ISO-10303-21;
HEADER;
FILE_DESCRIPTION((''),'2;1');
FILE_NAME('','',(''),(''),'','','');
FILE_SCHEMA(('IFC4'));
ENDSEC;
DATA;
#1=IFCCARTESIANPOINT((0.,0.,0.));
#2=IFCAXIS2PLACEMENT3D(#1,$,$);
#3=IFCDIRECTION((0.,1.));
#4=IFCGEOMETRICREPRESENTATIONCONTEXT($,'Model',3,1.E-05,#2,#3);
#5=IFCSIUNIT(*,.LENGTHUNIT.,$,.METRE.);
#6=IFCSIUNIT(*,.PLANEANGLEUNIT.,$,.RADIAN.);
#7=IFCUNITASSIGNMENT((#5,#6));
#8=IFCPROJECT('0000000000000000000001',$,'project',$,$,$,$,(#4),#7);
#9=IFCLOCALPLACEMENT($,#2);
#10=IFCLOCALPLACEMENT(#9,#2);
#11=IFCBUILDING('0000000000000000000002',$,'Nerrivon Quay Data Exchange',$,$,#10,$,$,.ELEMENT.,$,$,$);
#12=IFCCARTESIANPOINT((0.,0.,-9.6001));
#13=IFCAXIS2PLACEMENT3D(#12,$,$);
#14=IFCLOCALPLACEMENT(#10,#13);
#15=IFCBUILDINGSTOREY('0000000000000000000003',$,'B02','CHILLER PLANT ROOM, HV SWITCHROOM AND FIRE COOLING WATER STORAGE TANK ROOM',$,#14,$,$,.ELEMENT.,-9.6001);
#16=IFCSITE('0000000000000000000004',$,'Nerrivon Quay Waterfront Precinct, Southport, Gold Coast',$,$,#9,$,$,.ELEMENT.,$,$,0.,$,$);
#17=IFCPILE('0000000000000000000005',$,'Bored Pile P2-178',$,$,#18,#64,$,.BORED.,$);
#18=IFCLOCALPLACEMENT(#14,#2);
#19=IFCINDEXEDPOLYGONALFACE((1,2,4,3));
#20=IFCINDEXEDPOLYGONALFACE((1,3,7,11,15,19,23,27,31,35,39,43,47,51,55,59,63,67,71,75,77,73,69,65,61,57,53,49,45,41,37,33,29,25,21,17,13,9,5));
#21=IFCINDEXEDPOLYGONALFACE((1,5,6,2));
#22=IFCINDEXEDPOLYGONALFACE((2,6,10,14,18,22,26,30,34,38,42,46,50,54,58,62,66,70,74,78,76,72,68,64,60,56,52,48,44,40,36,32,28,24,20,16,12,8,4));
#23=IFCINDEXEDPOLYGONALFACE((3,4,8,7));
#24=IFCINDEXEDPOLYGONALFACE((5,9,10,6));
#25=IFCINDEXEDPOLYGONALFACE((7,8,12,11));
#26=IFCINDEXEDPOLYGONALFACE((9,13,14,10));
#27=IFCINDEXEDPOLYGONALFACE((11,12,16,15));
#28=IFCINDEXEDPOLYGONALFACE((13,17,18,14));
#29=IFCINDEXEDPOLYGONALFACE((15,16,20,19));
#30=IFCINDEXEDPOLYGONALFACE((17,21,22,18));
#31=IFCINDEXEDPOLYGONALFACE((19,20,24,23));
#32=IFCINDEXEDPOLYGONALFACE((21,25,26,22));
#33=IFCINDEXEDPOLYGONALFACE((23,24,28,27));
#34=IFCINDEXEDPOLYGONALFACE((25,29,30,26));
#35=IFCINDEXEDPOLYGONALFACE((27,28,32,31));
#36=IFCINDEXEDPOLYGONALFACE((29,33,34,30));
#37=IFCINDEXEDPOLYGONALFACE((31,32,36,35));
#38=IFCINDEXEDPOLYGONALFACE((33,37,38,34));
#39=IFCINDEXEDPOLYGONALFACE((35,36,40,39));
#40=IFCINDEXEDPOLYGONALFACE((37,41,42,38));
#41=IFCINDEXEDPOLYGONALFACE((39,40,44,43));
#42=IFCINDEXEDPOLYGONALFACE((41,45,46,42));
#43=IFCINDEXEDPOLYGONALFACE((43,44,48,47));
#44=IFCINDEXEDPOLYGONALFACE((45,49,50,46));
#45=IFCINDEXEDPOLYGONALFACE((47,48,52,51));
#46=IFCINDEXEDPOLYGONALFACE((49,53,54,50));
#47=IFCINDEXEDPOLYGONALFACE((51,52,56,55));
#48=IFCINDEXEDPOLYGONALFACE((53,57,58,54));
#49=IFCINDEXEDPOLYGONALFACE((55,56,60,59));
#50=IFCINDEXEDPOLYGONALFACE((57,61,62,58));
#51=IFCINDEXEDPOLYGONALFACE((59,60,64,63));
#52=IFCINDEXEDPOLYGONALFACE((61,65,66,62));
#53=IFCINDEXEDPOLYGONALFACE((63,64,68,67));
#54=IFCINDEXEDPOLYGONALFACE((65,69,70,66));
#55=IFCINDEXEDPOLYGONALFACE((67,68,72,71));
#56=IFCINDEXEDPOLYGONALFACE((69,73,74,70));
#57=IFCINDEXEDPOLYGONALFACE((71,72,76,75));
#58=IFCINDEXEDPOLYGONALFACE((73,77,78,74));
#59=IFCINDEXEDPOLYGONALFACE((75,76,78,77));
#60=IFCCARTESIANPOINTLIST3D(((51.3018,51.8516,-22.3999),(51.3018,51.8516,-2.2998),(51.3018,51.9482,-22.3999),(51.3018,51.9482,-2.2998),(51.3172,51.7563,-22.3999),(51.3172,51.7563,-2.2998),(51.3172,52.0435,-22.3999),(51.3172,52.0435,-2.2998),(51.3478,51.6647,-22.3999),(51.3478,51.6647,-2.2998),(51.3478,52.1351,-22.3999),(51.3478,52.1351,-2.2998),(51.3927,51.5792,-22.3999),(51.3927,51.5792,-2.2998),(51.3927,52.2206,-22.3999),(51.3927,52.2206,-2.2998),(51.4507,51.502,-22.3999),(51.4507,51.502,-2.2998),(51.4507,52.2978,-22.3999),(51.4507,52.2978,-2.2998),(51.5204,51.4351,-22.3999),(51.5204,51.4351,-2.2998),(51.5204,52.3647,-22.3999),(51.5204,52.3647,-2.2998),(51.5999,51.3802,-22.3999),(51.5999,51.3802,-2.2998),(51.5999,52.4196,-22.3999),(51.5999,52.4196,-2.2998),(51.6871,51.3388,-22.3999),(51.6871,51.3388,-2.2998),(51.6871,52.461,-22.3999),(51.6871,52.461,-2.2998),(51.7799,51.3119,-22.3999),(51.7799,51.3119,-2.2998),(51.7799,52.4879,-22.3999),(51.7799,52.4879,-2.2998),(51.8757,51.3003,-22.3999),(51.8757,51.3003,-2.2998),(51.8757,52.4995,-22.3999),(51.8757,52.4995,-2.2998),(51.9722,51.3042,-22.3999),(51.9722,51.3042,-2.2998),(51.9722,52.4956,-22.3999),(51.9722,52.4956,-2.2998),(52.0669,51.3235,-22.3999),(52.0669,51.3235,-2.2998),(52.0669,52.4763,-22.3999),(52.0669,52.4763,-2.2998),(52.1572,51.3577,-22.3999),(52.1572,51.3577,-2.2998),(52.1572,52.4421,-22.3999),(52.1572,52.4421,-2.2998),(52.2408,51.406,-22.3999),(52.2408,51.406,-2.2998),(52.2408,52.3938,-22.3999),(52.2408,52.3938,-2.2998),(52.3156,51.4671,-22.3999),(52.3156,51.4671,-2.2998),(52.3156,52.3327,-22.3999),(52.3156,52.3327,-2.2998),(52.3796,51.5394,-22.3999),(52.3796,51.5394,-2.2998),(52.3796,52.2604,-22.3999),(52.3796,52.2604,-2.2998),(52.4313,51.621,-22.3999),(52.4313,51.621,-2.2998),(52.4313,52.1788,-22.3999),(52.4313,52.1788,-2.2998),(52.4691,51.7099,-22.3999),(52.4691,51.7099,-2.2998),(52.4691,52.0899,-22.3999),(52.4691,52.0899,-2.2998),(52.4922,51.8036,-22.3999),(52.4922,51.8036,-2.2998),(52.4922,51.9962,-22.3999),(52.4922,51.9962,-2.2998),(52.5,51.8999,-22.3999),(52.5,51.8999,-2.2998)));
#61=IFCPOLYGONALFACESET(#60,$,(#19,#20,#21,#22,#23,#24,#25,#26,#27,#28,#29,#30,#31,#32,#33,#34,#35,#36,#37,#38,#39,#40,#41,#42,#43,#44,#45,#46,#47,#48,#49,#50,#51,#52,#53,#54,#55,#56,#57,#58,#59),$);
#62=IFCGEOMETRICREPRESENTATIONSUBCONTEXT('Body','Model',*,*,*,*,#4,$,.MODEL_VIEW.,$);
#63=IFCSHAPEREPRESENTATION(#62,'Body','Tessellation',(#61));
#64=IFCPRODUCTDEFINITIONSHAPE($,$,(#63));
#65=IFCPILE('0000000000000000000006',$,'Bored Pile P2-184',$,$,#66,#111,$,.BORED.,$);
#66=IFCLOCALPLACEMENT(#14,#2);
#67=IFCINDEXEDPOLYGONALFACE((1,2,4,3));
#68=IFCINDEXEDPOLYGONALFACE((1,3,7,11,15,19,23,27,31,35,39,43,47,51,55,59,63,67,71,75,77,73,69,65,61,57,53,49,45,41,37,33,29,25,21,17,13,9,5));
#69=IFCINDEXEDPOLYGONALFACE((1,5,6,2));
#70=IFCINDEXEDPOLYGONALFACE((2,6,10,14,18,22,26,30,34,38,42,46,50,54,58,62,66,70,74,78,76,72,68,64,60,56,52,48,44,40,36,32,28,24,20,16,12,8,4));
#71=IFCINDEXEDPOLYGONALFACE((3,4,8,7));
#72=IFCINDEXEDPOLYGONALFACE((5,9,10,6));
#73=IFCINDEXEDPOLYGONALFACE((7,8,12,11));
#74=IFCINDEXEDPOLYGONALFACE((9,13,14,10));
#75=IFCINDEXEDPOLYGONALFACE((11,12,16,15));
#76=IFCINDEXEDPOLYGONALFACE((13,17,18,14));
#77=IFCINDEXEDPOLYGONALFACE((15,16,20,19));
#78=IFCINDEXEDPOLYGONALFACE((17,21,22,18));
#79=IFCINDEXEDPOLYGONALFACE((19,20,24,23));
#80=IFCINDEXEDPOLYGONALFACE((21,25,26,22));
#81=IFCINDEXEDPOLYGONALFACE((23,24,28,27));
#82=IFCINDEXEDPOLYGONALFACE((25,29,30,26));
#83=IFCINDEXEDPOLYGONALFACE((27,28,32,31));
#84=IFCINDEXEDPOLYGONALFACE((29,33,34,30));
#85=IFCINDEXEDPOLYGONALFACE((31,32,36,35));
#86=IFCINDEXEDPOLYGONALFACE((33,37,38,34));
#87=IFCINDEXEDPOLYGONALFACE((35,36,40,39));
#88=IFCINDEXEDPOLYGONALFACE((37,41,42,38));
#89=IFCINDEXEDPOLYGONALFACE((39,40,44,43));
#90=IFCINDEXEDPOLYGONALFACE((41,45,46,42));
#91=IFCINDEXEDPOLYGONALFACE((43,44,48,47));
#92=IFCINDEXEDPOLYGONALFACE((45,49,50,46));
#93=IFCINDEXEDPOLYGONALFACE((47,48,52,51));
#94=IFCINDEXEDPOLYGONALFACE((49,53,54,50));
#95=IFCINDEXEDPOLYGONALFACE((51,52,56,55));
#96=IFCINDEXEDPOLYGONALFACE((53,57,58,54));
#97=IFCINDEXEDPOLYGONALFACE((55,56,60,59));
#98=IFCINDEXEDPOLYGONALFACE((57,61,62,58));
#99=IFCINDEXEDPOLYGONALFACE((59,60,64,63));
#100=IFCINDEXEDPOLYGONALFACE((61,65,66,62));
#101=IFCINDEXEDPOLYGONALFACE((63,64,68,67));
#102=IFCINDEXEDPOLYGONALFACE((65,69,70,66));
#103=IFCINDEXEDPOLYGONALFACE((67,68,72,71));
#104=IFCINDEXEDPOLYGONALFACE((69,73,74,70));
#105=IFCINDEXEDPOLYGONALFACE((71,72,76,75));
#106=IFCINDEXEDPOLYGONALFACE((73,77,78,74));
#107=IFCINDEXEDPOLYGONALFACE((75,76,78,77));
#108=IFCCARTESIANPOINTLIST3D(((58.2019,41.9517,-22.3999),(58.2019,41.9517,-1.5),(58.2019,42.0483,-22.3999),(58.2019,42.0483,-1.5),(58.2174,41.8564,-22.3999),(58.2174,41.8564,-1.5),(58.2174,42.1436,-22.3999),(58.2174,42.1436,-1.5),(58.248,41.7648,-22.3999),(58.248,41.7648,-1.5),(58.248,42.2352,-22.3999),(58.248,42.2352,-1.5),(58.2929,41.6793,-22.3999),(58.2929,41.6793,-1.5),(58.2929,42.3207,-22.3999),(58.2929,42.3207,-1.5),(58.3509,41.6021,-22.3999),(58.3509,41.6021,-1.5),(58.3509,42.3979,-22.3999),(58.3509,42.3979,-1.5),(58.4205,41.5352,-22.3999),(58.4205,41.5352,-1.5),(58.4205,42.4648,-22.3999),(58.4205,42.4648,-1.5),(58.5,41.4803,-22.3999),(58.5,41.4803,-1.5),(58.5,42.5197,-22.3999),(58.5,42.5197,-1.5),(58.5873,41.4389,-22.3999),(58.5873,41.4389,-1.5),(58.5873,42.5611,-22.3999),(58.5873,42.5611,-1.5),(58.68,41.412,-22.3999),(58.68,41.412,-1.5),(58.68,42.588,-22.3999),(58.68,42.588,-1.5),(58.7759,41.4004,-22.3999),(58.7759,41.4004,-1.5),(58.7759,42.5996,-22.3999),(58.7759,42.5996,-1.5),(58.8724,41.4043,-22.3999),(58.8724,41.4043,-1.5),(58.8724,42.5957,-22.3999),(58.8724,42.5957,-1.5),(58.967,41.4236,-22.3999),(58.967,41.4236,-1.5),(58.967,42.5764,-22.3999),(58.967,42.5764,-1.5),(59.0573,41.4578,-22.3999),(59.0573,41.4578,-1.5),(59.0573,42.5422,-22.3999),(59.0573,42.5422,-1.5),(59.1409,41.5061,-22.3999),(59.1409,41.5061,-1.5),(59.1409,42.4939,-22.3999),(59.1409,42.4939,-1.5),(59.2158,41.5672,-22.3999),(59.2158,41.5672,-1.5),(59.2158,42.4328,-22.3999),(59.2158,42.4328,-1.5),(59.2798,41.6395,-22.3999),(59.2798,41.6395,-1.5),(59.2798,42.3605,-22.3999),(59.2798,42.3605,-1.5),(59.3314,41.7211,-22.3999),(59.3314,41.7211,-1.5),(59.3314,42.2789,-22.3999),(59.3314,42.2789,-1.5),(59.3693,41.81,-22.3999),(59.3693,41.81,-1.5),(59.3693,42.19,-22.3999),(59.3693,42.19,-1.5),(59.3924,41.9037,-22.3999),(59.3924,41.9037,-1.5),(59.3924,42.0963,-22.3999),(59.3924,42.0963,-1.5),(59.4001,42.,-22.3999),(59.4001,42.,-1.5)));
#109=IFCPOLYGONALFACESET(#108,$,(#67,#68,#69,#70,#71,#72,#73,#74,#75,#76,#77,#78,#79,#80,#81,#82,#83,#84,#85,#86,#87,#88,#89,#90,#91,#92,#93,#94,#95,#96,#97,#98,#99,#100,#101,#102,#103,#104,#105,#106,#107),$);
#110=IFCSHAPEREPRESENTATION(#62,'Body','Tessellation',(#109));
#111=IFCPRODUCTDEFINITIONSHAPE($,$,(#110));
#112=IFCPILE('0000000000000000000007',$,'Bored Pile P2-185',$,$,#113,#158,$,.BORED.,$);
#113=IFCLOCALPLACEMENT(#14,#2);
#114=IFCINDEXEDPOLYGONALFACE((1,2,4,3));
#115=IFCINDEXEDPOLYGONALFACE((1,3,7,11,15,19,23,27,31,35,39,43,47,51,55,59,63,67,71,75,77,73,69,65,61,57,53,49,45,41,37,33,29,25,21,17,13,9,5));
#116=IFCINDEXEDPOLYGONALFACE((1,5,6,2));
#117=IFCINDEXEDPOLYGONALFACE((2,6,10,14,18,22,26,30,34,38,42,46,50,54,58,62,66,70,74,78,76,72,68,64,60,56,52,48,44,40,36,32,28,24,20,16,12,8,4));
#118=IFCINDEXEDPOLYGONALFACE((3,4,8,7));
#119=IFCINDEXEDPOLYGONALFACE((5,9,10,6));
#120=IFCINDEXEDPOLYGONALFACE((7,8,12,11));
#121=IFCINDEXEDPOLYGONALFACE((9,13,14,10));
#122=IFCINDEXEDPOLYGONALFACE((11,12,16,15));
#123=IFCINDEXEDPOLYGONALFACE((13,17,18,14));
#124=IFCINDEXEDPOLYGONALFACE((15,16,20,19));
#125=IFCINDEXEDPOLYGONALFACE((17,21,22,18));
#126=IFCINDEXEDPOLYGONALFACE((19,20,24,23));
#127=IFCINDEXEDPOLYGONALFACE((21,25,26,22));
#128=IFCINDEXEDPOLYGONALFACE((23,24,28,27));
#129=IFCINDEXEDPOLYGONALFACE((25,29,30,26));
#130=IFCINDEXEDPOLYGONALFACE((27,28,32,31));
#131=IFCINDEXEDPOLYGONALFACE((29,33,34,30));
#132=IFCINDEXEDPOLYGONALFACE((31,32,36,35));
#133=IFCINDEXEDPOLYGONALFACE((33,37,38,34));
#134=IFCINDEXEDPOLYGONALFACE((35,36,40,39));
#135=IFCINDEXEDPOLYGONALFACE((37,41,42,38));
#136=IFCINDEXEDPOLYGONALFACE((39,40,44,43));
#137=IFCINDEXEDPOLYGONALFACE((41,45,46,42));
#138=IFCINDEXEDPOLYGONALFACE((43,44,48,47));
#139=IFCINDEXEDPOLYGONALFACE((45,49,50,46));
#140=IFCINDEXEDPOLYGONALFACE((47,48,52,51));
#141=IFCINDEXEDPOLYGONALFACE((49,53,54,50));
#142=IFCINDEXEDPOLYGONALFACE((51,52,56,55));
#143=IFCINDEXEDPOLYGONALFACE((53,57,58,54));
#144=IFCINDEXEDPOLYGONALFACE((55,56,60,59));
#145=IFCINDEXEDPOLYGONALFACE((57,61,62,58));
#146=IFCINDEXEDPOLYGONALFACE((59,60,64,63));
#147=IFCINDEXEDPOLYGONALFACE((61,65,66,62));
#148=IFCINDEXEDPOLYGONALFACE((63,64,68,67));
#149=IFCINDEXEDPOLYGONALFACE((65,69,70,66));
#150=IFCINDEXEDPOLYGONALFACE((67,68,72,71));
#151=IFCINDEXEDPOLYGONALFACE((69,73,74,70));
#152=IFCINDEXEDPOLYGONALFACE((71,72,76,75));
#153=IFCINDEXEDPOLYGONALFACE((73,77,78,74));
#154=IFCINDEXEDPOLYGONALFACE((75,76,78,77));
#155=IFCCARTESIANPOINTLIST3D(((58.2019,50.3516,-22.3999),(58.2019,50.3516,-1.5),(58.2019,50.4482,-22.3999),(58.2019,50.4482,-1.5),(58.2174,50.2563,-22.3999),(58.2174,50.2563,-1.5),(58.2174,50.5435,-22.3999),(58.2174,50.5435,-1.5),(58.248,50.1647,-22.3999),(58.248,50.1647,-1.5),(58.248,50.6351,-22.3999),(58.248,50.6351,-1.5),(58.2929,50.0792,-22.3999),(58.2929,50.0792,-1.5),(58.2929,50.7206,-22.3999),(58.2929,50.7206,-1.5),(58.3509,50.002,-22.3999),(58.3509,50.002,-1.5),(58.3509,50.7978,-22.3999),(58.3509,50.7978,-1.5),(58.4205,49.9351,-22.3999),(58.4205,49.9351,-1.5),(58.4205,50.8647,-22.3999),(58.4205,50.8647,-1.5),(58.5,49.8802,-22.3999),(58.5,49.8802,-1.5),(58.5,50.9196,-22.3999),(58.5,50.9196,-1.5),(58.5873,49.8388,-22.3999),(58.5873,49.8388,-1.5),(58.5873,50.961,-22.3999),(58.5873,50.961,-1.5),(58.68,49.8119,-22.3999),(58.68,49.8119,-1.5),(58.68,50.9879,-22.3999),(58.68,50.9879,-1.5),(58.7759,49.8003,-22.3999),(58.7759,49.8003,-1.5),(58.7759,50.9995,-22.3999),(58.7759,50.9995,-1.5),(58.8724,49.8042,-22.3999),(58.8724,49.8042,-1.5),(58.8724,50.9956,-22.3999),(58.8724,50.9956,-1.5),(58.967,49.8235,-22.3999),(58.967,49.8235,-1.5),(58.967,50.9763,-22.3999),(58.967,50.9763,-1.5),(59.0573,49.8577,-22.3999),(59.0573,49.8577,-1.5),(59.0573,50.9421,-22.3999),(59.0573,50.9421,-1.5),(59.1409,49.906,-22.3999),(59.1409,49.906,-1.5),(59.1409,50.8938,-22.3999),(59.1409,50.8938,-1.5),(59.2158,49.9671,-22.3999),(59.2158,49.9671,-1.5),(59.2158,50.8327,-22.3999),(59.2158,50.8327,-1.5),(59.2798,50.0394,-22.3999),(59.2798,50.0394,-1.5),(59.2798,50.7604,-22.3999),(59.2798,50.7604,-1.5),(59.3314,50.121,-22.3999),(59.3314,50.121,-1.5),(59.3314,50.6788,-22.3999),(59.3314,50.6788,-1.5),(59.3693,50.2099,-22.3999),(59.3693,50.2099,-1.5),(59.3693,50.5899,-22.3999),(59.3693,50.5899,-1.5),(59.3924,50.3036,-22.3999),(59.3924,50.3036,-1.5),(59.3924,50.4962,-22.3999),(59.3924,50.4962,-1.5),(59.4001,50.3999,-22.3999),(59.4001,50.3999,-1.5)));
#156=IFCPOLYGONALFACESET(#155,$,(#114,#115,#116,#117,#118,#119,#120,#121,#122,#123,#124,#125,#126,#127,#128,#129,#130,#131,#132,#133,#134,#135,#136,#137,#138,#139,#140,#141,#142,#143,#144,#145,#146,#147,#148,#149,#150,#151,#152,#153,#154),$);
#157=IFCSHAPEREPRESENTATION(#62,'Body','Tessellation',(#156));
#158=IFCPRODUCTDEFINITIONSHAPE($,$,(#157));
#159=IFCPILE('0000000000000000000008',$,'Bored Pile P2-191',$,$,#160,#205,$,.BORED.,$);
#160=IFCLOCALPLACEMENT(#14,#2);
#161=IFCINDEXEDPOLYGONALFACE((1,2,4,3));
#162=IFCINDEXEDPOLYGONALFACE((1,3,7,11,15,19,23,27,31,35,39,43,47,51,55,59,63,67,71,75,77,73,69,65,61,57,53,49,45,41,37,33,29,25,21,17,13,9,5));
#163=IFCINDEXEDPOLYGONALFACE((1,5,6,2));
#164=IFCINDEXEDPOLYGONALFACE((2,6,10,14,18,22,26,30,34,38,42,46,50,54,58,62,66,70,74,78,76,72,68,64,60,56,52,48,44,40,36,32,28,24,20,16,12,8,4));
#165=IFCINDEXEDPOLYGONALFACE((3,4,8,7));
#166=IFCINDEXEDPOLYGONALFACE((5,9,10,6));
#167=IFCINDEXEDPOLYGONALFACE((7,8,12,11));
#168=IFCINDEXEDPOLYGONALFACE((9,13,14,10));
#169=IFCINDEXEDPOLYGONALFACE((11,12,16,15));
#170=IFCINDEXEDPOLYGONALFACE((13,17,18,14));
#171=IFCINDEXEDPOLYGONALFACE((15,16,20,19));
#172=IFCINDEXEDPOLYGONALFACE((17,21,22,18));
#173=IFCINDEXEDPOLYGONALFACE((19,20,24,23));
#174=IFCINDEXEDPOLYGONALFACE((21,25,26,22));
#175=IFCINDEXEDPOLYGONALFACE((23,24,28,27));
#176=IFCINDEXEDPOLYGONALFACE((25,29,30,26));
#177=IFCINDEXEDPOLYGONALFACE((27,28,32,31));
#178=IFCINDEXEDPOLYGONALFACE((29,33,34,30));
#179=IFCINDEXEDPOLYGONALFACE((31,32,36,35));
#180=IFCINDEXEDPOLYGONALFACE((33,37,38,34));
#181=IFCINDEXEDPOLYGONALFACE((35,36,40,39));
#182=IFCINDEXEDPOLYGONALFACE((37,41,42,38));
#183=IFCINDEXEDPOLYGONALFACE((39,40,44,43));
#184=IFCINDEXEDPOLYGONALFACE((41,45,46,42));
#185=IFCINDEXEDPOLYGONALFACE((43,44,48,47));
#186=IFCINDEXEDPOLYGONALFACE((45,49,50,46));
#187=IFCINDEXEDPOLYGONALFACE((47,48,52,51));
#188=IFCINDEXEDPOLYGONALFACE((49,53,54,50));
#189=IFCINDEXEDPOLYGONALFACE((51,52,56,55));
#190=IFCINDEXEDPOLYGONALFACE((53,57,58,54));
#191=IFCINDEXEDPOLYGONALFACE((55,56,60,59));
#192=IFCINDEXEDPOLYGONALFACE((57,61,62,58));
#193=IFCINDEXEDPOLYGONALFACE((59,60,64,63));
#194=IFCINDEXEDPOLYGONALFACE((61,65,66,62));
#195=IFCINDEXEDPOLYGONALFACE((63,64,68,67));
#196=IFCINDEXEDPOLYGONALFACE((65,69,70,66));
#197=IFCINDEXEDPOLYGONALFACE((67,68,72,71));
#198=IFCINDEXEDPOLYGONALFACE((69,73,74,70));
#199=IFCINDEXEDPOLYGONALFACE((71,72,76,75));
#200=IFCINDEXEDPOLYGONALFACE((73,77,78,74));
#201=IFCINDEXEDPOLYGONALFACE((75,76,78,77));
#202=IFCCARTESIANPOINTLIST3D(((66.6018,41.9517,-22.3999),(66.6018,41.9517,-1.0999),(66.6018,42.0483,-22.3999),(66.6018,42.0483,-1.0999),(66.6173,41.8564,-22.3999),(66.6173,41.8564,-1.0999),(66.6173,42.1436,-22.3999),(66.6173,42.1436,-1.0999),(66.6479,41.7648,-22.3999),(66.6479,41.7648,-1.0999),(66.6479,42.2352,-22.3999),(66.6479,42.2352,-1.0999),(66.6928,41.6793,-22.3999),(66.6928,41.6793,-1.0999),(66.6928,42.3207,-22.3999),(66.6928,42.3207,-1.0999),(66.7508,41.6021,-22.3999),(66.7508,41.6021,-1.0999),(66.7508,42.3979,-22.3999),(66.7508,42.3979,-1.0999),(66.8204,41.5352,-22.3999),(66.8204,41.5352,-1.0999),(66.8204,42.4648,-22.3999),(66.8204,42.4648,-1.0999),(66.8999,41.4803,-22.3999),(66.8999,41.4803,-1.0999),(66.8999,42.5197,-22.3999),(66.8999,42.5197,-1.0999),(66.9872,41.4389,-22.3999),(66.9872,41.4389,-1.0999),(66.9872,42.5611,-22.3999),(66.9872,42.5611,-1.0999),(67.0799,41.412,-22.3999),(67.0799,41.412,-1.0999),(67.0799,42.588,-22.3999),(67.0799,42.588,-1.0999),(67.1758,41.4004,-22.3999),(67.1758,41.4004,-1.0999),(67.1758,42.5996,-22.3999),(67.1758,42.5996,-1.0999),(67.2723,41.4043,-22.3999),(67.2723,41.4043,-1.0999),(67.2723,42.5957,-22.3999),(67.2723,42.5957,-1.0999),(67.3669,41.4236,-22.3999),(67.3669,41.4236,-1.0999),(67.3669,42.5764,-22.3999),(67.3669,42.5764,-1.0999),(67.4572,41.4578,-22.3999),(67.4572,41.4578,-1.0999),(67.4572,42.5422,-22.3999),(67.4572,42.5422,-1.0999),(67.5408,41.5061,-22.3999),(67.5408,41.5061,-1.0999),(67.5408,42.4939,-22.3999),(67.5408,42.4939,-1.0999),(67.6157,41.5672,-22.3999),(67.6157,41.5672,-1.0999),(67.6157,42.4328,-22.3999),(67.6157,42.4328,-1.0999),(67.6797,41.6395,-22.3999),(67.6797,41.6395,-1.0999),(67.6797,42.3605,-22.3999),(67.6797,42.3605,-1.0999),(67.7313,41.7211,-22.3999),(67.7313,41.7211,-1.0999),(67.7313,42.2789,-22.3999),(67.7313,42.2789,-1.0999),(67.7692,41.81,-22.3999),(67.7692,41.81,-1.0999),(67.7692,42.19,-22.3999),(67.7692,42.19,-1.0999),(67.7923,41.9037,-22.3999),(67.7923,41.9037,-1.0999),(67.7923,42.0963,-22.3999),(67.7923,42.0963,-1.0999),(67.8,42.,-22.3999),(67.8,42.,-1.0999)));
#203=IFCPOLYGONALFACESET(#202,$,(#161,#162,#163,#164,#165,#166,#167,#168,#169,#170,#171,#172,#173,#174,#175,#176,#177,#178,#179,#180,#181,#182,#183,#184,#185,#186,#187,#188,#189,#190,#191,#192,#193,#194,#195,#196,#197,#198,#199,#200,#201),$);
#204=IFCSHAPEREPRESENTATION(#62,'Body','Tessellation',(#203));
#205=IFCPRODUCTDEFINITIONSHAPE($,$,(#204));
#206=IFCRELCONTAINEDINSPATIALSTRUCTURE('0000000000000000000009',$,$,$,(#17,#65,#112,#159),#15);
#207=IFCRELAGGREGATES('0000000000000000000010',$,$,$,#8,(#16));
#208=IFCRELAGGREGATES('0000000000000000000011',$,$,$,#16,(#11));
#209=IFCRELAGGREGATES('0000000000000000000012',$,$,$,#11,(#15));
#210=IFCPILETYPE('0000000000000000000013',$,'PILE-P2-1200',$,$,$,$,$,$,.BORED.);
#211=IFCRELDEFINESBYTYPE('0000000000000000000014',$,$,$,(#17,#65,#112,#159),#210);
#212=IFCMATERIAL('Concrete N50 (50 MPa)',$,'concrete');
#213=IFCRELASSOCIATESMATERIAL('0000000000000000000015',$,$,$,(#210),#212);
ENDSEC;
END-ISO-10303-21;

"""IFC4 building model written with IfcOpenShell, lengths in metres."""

from ifc_helpers import new_model, si_unit, direction, frame, origin, origin_2d, place, context, subcontext, project, spatial, circle, extrude, material, material_profile, profile_set, type_object, element, save


model = new_model("IFC4")

# Units and contexts
model_context = context("Model", 3, precision=1e-05, world=origin(), true_north=direction((0.0, 1.0)))
body_context = subcontext(model_context, "Body", "Model", "MODEL_VIEW")
ifc_project = project(units=[si_unit("LENGTHUNIT", "METRE"), si_unit("PLANEANGLEUNIT", "RADIAN")], contexts=[model_context])

# Site, building, storey
site_placement = place(None, origin())
site = spatial("IfcSite", under=ifc_project, at=site_placement, Name="Nerrivon Quay Waterfront Precinct, Southport, Gold Coast", CompositionType="ELEMENT", RefElevation=0.0)
building_placement = place(site_placement, origin())
building = spatial("IfcBuilding", under=site, at=building_placement, Name="Nerrivon Quay Data Exchange", CompositionType="ELEMENT")
storey_placement = place(building_placement, frame((0.0, 0.0, -9.6001)))
storey = spatial("IfcBuildingStorey", under=building, at=storey_placement, Name="B02", Description="CHILLER PLANT ROOM, HV SWITCHROOM AND FIRE COOLING WATER STORAGE TANK ROOM", CompositionType="ELEMENT", Elevation=-9.6001)

# Piles
ifc_material_1 = material(Name="Concrete N50 (50 MPa)", Category="concrete")
ifc_material_profile_1 = material_profile(ifc_material_1, circle(Radius=0.6001, at=origin_2d()), Name="PILE-1200")
ifc_profile_set_1 = profile_set([ifc_material_profile_1], Name="Concrete N50 (50 MPa)")
pile_type = type_object("IfcPileType", Name="PILE-P2-1200", PredefinedType="BORED", material=ifc_profile_set_1)
for number, where, z_axis, x_axis, name in (
    (1, (51.8999, 51.8999, -2.2998), (0.0, 0.0, -1.0), (1.0, 0.0, 0.0), "Bored Pile P2-178"),
):
    element("IfcPile", number, at=place(storey_placement, frame(where, z_axis=z_axis, x_axis=x_axis)), inside=storey, type_object=pile_type, Name=name, PredefinedType="BORED", context=body_context, shape_type="SweptSolid", body=[
        extrude(circle(Radius=0.6001, at=origin_2d()), origin(), (0.0, 0.0, 1.0), 20.1001),
    ])
for number, where, z_axis, x_axis, name in (
    (2, (58.8, 42.0, -1.5), (0.0, 0.0, -1.0), (1.0, 0.0, 0.0), "Bored Pile P2-184"),
    (3, (58.8, 50.3999, -1.5), (0.0, 0.0, -1.0), (1.0, 0.0, 0.0), "Bored Pile P2-185"),
):
    element("IfcPile", number, at=place(storey_placement, frame(where, z_axis=z_axis, x_axis=x_axis)), inside=storey, type_object=pile_type, Name=name, PredefinedType="BORED", context=body_context, shape_type="SweptSolid", body=[
        extrude(circle(Radius=0.6001, at=origin_2d()), origin(), (0.0, 0.0, 1.0), 20.8999),
    ])
for number, where, z_axis, x_axis, name in (
    (4, (67.2, 42.0, -1.0999), (0.0, 0.0, -1.0), (1.0, 0.0, 0.0), "Bored Pile P2-191"),
):
    element("IfcPile", number, at=place(storey_placement, frame(where, z_axis=z_axis, x_axis=x_axis)), inside=storey, type_object=pile_type, Name=name, PredefinedType="BORED", context=body_context, shape_type="SweptSolid", body=[
        extrude(circle(Radius=0.6001, at=origin_2d()), origin(), (0.0, 0.0, 1.0), 21.3),
    ])

save(model, "model.ifc")
